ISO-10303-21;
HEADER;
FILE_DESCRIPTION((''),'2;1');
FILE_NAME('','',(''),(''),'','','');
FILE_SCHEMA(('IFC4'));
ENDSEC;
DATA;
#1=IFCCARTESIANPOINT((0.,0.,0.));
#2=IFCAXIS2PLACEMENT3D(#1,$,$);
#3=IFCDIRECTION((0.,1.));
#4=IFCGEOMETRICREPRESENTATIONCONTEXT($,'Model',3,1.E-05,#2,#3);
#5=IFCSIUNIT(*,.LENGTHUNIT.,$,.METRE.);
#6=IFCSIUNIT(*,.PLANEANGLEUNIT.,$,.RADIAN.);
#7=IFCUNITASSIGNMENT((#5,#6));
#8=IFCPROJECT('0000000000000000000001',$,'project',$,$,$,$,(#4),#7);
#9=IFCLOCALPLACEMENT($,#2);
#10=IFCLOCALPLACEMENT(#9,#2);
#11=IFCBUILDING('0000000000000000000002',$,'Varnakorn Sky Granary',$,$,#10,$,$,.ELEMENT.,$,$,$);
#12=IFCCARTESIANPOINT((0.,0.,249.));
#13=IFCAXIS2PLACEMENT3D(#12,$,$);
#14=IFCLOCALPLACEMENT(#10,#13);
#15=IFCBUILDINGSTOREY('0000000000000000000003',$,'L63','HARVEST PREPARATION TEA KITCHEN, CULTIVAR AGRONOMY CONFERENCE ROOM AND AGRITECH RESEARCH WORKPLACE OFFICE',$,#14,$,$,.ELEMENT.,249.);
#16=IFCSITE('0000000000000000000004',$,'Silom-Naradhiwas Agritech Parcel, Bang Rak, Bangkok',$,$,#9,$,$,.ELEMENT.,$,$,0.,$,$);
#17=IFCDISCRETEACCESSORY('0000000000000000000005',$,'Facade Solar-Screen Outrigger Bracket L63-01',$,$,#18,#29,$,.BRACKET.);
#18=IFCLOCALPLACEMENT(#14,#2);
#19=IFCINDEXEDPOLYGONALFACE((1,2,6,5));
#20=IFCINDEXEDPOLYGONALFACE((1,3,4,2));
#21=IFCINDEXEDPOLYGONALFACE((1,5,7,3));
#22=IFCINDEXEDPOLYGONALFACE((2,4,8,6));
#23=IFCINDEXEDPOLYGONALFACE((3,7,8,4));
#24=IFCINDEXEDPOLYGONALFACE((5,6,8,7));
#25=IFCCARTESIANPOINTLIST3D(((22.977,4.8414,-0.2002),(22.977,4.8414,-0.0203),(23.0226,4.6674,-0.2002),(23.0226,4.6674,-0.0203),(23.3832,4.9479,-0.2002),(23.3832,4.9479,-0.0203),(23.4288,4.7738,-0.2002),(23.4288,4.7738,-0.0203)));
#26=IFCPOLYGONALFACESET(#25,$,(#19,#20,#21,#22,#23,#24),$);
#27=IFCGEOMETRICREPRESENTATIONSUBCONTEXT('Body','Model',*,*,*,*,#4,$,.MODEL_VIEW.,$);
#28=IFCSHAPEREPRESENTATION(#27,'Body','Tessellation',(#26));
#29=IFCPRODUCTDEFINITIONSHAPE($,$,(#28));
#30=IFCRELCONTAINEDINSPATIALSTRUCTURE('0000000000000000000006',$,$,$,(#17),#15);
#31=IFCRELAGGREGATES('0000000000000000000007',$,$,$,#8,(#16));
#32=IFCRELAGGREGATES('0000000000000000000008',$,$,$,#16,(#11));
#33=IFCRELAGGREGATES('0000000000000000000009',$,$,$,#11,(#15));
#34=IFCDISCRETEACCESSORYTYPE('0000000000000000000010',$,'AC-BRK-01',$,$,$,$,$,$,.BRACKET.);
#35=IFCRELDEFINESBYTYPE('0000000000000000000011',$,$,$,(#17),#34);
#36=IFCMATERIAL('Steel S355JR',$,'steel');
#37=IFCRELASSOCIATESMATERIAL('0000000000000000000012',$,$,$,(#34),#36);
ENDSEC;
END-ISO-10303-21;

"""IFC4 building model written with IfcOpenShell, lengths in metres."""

from ifc_helpers import new_model, si_unit, direction, frame, origin, origin_2d, place, context, subcontext, project, spatial, rectangle, extrude, source, transform, mapped, material, type_object, type_shapes, element, save


model = new_model("IFC4")

# Units and contexts
model_context = context("Model", 3, precision=1e-05, world=origin(), true_north=direction((0.0, 1.0)))
body_context = subcontext(model_context, "Body", "Model", "MODEL_VIEW")
ifc_project = project(units=[si_unit("LENGTHUNIT", "METRE"), si_unit("PLANEANGLEUNIT", "RADIAN")], contexts=[model_context])

# Site, building, storey
site_placement = place(None, origin())
site = spatial("IfcSite", under=ifc_project, at=site_placement, Name="Silom-Naradhiwas Agritech Parcel, Bang Rak, Bangkok", CompositionType="ELEMENT", RefElevation=0.0)
building_placement = place(site_placement, origin())
building = spatial("IfcBuilding", under=site, at=building_placement, Name="Varnakorn Sky Granary", CompositionType="ELEMENT")
storey_placement = place(building_placement, frame((0.0, 0.0, 249.0)))
storey = spatial("IfcBuildingStorey", under=building, at=storey_placement, Name="L63", Description="HARVEST PREPARATION TEA KITCHEN, CULTIVAR AGRONOMY CONFERENCE ROOM AND AGRITECH RESEARCH WORKPLACE OFFICE", CompositionType="ELEMENT", Elevation=249.0)

# Discrete accessory
ifc_material_1 = material(Name="Steel S355JR", Category="steel")
discrete_accessory_type = type_object("IfcDiscreteAccessoryType", Name="AC-BRK-01", PredefinedType="BRACKET", material=ifc_material_1)
shared_shape_1 = source(origin(), body_context, "Body", "SweptSolid", [
    extrude(rectangle(XDim=0.1799, YDim=0.4199, at=origin_2d()), origin(), (0.0, 0.0, 1.0), 0.1799),
])
type_shapes(discrete_accessory_type, [shared_shape_1])
discrete_accessory_placement = place(storey_placement, frame((23.2029, 4.8076, -0.2002), z_axis=(0.0, 0.0, 1.0), x_axis=(-0.25341, 0.967359, 0.0)))
element("IfcDiscreteAccessory", 1, at=discrete_accessory_placement, inside=storey, type_object=discrete_accessory_type, Name="Facade Solar-Screen Outrigger Bracket L63-01", PredefinedType="BRACKET", context=body_context, shape_type="MappedRepresentation", body=[
    mapped(shared_shape_1, transform((0.0, 0.0, 0.0), x_axis=(1.0, 0.0, 0.0), y_axis=(0.0, 1.0, 0.0), z_axis=(0.0, 0.0, 1.0), scale=1.0)),
])

save(model, "model.ifc")
